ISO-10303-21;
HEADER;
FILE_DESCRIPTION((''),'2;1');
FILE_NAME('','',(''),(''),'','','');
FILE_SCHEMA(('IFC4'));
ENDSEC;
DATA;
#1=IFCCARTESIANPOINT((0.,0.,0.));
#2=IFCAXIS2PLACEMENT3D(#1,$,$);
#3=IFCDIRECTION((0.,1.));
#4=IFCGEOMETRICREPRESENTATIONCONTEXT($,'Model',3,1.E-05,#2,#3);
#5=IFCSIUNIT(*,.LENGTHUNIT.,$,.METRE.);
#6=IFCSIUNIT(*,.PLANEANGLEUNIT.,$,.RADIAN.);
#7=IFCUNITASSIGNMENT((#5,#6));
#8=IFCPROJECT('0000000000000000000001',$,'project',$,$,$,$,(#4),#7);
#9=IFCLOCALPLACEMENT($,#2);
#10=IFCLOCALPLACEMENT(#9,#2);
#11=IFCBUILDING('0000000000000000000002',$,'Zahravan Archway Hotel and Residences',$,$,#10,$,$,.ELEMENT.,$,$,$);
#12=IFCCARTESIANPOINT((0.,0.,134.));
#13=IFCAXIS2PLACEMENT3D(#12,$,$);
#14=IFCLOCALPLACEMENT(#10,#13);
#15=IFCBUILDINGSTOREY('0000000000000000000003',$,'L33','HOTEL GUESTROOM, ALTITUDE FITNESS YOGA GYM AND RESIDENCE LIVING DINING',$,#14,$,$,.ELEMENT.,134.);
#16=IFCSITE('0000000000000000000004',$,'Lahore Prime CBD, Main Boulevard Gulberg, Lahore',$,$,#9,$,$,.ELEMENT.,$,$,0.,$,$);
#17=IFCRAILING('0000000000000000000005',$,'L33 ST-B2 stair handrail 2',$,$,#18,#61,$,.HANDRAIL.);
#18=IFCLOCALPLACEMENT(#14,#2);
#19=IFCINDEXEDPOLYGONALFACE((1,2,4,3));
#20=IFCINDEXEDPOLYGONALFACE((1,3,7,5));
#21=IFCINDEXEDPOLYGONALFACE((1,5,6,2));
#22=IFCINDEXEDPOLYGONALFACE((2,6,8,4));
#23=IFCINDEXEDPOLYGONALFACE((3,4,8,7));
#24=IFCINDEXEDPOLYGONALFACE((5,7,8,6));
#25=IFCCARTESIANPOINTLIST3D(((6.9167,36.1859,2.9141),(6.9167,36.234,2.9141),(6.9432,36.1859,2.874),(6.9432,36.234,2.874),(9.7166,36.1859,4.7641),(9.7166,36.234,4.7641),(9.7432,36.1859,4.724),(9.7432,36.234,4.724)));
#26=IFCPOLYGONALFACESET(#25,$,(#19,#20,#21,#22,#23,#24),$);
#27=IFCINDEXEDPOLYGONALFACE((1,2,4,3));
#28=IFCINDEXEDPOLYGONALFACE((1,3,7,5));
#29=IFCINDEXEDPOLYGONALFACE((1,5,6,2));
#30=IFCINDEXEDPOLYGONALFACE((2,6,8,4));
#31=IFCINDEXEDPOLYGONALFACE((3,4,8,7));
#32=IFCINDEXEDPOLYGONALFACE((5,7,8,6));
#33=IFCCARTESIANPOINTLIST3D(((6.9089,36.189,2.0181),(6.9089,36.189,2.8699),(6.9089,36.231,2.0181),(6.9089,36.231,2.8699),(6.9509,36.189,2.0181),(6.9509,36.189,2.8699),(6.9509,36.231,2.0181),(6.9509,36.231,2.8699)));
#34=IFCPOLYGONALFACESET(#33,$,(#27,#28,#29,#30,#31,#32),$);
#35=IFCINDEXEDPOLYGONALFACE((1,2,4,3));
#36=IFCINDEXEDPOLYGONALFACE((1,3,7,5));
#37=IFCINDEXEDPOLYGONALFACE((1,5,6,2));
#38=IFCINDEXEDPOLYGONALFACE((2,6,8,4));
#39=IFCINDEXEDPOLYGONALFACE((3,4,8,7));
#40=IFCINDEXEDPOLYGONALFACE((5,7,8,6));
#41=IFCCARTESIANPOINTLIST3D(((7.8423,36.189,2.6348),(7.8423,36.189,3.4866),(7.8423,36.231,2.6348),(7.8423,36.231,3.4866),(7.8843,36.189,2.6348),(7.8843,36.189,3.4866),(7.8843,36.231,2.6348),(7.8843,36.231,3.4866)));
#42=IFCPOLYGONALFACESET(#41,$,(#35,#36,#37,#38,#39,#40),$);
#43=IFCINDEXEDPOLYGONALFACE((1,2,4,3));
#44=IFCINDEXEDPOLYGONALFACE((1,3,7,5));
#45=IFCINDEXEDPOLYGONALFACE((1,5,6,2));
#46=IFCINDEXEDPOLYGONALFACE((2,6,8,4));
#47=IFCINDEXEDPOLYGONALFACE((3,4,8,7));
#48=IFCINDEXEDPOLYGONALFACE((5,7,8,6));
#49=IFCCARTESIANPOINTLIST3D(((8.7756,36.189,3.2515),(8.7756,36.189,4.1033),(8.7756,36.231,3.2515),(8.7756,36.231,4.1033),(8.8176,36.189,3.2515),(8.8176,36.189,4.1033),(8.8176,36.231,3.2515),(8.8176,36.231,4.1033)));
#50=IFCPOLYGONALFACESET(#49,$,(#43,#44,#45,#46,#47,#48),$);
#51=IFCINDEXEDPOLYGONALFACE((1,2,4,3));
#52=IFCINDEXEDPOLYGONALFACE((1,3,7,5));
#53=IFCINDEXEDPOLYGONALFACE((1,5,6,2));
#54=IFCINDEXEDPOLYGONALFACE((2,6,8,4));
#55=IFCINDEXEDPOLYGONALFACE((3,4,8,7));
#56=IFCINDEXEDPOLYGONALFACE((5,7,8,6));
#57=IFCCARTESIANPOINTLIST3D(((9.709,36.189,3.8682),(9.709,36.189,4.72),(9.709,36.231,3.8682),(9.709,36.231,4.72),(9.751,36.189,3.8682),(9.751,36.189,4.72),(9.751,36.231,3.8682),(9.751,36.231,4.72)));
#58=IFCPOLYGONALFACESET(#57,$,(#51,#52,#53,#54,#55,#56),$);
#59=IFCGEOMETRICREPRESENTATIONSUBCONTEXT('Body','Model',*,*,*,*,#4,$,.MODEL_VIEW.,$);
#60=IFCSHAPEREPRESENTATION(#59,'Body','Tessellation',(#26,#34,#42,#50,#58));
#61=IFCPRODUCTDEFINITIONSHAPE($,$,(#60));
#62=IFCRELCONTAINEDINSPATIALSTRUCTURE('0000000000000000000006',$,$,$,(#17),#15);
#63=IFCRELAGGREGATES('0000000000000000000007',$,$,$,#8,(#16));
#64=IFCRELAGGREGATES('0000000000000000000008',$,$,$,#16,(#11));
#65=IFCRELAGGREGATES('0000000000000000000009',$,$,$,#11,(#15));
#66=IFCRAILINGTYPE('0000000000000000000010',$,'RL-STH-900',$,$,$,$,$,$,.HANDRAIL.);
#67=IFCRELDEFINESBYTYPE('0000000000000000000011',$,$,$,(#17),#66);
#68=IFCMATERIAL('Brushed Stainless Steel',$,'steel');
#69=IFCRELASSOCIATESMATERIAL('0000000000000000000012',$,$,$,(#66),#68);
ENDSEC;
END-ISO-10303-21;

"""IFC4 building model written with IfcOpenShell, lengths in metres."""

from ifc_helpers import new_model, si_unit, direction, frame, origin, origin_2d, place, context, subcontext, project, spatial, rectangle, extrude, material, type_object, element, save


model = new_model("IFC4")

# Units and contexts
model_context = context("Model", 3, precision=1e-05, world=origin(), true_north=direction((0.0, 1.0)))
body_context = subcontext(model_context, "Body", "Model", "MODEL_VIEW")
ifc_project = project(units=[si_unit("LENGTHUNIT", "METRE"), si_unit("PLANEANGLEUNIT", "RADIAN")], contexts=[model_context])

# Site, building, storey
site_placement = place(None, origin())
site = spatial("IfcSite", under=ifc_project, at=site_placement, Name="Lahore Prime CBD, Main Boulevard Gulberg, Lahore", CompositionType="ELEMENT", RefElevation=0.0)
building_placement = place(site_placement, origin())
building = spatial("IfcBuilding", under=site, at=building_placement, Name="Zahravan Archway Hotel and Residences", CompositionType="ELEMENT")
storey_placement = place(building_placement, frame((0.0, 0.0, 134.0)))
storey = spatial("IfcBuildingStorey", under=building, at=storey_placement, Name="L33", Description="HOTEL GUESTROOM, ALTITUDE FITNESS YOGA GYM AND RESIDENCE LIVING DINING", CompositionType="ELEMENT", Elevation=134.0)

# Railing
ifc_material_1 = material(Name="Brushed Stainless Steel", Category="steel")
railing_type_1 = type_object("IfcRailingType", Name="RL-STH-900", PredefinedType="HANDRAIL", material=ifc_material_1)
railing_1_placement = place(storey_placement, frame((6.9299, 36.21, 2.0181)))
element("IfcRailing", 1, at=railing_1_placement, inside=storey, type_object=railing_type_1, Name="L33 ST-B2 stair handrail 2", PredefinedType="HANDRAIL", context=body_context, shape_type="SweptSolid", body=[
    extrude(rectangle(XDim=0.0481, YDim=0.0481, at=origin_2d()), frame((0.0, 0.0, 0.876), z_axis=(0.834326, 0.0, 0.551271), x_axis=(0.0, 1.0, 0.0)), (0.0, 0.0, 1.0), 3.356),
    extrude(rectangle(XDim=0.042, YDim=0.042, at=origin_2d()), origin(), (0.0, 0.0, 1.0), 0.8518),
    extrude(rectangle(XDim=0.042, YDim=0.042, at=origin_2d()), frame((0.9333, 0.0, 0.6167)), (0.0, 0.0, 1.0), 0.8518),
    extrude(rectangle(XDim=0.042, YDim=0.042, at=origin_2d()), frame((1.8667, 0.0, 1.2334)), (0.0, 0.0, 1.0), 0.8518),
    extrude(rectangle(XDim=0.042, YDim=0.042, at=origin_2d()), frame((2.8, 0.0, 1.8501)), (0.0, 0.0, 1.0), 0.8518),
])

save(model, "model.ifc")
